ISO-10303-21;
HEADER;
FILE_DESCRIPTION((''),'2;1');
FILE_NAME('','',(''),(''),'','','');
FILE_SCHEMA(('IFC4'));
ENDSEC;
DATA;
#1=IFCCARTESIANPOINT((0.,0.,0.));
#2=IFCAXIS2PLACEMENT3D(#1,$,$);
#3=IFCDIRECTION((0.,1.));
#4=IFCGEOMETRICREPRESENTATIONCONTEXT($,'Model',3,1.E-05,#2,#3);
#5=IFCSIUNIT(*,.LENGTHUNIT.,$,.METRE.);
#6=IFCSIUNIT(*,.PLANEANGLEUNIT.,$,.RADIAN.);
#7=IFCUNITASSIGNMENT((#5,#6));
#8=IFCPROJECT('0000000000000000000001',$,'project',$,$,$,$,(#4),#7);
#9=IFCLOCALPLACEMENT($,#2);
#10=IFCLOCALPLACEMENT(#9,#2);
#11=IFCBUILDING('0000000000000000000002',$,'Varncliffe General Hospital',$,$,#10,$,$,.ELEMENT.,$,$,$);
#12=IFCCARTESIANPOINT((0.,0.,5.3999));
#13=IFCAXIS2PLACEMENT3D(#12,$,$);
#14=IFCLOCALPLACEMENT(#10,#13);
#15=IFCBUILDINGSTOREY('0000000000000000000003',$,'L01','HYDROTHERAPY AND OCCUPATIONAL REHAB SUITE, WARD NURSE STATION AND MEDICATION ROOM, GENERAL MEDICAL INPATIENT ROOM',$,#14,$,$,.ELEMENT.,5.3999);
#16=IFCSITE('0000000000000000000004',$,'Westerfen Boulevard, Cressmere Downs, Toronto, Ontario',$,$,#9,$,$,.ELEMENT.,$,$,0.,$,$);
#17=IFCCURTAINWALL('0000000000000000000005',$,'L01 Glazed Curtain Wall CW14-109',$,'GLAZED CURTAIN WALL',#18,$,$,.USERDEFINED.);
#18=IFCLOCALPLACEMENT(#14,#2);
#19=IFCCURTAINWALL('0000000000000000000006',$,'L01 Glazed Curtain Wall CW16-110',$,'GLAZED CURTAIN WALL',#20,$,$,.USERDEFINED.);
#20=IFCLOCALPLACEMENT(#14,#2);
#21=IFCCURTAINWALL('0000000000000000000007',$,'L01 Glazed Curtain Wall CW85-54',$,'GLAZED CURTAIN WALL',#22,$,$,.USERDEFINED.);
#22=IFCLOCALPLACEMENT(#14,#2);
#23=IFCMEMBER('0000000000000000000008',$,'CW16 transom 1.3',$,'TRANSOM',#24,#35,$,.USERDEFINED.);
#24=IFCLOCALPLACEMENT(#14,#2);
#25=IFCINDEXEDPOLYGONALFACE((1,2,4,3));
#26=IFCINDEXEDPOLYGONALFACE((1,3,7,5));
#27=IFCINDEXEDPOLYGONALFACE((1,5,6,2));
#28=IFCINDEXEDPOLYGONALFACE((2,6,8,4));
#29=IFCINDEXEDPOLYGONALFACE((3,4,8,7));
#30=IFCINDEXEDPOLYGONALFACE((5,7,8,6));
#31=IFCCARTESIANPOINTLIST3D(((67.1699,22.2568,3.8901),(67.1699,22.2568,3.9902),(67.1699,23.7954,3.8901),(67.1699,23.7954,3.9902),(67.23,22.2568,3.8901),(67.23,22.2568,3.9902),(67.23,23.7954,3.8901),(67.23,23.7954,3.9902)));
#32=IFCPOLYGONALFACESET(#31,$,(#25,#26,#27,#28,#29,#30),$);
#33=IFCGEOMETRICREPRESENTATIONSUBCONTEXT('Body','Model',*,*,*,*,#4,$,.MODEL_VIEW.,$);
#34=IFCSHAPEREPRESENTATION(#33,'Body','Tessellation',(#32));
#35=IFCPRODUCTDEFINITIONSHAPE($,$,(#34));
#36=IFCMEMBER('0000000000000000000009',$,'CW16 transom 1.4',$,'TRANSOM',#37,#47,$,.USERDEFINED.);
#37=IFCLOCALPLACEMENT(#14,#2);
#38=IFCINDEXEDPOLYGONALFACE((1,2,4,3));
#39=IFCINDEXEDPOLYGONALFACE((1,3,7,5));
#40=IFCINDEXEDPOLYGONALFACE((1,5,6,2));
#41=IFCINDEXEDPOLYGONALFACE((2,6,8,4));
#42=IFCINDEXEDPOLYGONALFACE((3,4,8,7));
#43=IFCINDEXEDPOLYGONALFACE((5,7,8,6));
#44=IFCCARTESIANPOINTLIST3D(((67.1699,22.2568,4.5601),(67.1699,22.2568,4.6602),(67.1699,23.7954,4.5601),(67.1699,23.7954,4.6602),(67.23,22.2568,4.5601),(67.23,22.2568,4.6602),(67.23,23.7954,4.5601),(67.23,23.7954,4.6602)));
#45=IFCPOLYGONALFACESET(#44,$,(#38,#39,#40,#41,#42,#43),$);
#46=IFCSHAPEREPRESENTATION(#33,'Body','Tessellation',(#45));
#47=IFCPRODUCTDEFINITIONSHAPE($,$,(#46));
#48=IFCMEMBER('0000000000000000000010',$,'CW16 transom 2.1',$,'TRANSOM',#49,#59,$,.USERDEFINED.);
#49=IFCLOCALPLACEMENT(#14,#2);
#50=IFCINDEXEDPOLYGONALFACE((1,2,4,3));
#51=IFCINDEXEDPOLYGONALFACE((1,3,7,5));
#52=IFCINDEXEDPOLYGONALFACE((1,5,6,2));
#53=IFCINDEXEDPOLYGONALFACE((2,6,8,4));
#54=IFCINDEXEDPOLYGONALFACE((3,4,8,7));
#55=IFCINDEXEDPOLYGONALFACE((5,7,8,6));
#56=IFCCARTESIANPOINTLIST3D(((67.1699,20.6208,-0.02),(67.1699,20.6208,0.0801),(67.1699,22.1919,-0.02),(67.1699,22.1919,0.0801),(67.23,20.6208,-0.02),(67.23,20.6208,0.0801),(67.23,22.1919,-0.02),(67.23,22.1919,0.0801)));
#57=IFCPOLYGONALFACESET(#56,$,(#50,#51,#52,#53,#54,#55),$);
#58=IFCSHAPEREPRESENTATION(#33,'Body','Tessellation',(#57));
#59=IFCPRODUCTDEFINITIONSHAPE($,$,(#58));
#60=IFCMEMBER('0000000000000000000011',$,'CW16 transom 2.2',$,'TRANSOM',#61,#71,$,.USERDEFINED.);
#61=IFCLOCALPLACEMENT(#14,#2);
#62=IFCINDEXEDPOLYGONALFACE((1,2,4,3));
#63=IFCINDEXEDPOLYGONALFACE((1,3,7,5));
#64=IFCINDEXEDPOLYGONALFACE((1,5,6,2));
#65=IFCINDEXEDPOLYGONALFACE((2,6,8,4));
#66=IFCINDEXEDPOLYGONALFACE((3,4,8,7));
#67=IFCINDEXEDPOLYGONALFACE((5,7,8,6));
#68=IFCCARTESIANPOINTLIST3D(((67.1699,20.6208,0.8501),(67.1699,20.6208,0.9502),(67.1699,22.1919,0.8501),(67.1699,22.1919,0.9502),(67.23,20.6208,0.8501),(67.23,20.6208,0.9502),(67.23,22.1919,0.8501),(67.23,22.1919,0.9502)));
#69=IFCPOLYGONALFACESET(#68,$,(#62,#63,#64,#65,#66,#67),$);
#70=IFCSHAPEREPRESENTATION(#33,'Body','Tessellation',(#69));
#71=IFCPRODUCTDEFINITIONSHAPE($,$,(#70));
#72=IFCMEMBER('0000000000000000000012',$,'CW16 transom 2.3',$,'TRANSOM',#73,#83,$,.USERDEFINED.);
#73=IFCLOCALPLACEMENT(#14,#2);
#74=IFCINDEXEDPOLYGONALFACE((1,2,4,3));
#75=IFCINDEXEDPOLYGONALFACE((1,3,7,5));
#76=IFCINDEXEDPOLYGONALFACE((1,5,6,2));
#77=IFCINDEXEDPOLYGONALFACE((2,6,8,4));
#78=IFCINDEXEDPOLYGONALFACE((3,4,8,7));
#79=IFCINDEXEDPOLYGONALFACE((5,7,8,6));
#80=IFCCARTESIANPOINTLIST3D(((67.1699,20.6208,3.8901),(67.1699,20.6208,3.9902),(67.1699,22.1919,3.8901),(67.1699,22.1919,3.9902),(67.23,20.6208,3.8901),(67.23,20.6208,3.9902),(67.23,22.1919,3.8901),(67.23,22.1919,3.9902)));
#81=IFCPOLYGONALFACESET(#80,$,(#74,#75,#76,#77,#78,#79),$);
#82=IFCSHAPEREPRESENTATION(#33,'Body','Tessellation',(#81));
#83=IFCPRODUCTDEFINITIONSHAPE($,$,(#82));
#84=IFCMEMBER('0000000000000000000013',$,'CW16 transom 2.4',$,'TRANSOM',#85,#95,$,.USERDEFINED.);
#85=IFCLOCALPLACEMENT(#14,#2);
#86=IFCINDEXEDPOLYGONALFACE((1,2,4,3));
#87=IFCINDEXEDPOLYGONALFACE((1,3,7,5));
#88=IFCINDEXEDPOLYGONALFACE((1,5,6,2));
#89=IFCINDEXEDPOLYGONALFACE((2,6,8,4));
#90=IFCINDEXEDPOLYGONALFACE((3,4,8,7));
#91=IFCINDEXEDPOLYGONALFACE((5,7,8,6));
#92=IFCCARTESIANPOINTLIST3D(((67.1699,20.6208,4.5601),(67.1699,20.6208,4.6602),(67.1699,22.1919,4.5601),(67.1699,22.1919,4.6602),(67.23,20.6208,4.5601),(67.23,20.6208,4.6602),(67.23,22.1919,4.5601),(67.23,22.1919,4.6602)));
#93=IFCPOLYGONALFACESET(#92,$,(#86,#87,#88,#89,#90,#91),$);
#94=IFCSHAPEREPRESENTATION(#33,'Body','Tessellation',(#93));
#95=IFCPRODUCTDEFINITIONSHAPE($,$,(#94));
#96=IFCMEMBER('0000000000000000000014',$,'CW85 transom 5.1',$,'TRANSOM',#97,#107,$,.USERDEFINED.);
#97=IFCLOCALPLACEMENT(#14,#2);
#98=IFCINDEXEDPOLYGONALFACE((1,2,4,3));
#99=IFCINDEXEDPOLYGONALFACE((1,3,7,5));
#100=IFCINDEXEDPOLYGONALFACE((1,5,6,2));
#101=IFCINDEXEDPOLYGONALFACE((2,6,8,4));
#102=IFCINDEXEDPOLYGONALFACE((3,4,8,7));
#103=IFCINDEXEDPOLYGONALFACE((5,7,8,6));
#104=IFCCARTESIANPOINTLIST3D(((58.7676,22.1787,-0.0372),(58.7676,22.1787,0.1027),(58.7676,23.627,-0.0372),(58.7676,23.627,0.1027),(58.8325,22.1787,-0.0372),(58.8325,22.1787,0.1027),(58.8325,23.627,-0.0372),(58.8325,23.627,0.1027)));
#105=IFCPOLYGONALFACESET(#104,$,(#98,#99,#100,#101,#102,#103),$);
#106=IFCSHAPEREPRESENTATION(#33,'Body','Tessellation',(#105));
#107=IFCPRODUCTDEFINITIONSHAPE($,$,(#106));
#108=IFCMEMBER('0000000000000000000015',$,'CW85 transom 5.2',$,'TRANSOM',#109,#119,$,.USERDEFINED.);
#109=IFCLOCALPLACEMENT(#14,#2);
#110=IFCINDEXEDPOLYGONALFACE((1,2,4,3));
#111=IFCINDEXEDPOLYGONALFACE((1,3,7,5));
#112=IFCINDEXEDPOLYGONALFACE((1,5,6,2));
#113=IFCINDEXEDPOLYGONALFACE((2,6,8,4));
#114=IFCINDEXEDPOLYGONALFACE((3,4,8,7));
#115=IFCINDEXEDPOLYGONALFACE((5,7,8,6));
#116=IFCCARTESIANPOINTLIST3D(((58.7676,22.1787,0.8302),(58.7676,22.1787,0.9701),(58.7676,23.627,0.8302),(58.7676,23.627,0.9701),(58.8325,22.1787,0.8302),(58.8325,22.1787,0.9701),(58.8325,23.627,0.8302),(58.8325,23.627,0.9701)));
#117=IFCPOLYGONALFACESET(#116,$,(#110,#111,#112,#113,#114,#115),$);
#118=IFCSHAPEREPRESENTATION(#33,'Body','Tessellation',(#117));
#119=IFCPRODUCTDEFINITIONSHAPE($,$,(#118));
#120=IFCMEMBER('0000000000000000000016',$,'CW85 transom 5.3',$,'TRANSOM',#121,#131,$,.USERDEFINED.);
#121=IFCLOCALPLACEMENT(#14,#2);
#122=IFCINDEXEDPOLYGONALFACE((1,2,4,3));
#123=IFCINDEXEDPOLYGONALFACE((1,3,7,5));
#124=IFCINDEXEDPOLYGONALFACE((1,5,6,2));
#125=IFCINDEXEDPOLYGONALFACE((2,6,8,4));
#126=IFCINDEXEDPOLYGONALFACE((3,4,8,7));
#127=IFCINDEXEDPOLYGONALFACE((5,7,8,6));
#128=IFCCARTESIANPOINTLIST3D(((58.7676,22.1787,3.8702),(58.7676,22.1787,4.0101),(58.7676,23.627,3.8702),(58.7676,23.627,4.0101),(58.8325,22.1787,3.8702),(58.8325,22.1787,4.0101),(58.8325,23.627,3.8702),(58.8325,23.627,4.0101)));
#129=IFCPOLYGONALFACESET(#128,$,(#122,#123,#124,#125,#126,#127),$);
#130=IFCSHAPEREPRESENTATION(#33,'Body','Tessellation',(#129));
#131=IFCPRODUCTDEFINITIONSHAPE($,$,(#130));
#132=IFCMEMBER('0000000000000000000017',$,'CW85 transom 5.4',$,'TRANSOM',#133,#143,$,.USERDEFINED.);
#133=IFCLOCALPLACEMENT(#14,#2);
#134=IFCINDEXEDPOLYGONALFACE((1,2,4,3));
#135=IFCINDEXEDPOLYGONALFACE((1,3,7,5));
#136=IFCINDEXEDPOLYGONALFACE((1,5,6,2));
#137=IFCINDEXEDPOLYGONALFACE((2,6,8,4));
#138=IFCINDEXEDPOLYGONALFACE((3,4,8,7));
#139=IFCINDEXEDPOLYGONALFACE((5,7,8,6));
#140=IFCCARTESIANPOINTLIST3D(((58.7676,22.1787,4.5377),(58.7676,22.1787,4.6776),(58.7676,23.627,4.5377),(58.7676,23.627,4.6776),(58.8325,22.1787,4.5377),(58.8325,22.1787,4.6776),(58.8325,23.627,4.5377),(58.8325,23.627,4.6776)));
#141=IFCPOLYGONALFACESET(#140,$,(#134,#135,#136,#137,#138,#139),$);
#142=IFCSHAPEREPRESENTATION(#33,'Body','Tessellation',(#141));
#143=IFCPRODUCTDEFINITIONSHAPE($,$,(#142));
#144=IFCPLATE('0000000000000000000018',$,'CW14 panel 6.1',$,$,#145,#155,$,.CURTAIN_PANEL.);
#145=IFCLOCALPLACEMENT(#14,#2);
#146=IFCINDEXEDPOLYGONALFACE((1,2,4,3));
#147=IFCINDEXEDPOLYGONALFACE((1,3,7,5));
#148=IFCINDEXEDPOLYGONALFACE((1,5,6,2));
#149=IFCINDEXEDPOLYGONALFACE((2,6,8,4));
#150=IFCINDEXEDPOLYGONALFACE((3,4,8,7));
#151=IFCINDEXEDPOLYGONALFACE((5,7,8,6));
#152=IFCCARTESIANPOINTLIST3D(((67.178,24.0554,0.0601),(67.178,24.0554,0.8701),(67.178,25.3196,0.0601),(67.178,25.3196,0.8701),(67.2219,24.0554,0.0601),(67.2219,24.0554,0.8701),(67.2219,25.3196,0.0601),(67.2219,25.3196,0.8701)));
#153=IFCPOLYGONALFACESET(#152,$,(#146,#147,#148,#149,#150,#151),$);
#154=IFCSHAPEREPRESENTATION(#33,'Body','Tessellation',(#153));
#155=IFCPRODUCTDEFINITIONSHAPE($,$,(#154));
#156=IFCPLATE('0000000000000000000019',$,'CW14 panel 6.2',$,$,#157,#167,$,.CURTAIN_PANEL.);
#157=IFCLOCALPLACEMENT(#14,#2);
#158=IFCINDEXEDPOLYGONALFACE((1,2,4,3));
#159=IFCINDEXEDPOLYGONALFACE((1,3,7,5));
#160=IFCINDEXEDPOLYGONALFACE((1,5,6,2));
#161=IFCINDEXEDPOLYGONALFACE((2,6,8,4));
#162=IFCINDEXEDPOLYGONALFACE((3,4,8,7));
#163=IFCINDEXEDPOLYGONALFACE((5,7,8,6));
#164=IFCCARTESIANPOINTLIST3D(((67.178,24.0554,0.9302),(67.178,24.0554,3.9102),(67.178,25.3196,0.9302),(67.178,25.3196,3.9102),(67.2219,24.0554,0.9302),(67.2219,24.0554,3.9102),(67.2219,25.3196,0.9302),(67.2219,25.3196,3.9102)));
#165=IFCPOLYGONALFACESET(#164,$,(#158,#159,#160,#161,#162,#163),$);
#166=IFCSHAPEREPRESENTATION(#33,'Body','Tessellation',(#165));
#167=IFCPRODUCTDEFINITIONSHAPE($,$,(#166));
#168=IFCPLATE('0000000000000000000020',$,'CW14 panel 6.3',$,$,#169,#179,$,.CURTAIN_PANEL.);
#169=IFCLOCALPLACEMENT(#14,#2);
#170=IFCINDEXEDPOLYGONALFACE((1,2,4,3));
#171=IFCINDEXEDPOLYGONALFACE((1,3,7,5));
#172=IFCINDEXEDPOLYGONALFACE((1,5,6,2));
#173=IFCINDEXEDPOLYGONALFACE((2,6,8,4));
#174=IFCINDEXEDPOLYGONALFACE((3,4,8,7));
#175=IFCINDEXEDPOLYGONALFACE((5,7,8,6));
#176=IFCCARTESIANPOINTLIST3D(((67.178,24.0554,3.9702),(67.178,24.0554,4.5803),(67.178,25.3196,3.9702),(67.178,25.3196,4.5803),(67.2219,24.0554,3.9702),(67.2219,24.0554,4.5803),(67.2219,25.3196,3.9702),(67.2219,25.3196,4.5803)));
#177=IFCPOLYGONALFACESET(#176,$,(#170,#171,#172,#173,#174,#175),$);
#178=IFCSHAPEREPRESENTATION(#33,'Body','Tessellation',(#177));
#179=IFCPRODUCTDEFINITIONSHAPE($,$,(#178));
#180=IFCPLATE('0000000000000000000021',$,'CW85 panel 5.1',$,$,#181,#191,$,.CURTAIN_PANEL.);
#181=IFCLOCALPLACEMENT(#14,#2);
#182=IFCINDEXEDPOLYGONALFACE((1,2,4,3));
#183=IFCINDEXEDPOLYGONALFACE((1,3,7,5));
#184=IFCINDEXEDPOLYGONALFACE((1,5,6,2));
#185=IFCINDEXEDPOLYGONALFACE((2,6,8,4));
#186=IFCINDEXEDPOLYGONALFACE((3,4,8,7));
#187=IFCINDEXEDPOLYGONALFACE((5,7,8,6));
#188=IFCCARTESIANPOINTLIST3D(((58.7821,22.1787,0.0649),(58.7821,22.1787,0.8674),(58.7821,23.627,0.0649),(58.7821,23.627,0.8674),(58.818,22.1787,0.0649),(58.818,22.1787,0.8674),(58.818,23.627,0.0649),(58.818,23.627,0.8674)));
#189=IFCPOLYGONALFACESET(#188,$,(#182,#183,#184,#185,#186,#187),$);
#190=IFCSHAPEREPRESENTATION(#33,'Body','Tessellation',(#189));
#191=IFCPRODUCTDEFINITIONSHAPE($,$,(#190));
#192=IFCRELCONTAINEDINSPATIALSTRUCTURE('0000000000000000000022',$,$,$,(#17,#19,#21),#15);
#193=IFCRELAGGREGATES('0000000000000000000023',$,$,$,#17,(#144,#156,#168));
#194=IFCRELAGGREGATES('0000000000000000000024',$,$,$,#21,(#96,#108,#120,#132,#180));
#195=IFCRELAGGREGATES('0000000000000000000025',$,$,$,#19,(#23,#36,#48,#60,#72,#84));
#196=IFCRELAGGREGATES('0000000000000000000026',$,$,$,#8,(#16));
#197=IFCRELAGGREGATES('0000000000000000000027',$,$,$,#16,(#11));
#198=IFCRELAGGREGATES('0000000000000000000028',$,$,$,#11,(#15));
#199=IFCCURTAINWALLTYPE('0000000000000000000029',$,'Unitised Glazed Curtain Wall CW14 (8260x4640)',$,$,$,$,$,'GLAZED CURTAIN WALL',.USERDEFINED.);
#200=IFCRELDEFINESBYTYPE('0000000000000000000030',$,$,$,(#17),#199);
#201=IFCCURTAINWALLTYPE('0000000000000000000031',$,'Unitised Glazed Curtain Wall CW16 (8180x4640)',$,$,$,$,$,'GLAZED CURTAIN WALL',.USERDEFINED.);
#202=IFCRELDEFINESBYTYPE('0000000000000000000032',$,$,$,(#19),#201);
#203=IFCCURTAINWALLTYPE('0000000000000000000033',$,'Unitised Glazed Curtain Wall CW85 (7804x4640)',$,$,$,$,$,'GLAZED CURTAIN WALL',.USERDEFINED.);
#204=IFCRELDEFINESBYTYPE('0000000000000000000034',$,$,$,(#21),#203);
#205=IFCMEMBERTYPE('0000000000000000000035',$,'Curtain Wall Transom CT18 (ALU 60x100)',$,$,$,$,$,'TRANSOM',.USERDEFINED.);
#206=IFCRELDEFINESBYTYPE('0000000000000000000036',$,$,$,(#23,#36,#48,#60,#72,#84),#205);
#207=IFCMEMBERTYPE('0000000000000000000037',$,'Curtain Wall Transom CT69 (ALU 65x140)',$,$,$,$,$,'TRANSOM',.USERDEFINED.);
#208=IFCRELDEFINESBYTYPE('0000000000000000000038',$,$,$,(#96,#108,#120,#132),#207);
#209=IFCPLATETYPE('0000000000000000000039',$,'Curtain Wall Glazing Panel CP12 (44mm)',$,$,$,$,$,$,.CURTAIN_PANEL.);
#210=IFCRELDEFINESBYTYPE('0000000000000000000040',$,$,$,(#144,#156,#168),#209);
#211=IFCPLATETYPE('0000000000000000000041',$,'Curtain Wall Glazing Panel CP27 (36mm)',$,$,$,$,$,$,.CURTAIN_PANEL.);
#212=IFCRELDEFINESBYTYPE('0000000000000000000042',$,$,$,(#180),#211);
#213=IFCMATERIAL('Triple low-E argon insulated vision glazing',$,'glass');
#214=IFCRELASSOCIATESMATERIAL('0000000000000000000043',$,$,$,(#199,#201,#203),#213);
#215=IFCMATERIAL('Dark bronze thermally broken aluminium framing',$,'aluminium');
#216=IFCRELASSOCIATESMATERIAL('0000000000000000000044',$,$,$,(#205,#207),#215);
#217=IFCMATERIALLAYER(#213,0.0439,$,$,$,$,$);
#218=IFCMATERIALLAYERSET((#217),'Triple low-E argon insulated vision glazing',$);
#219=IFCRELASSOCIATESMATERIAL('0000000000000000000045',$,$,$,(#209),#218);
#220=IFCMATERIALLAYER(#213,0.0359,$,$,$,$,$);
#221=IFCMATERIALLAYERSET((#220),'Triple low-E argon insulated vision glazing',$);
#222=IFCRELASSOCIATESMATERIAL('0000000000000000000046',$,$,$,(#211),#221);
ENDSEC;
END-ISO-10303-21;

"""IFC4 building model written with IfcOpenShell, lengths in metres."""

from ifc_helpers import new_model, si_unit, direction, frame, origin, origin_2d, place, context, subcontext, project, spatial, rectangle, extrude, material, layer, layer_set, material_profile, profile_set, type_object, element, aggregate, save


model = new_model("IFC4")

# Units and contexts
model_context = context("Model", 3, precision=1e-05, world=origin(), true_north=direction((0.0, 1.0)))
body_context = subcontext(model_context, "Body", "Model", "MODEL_VIEW")
ifc_project = project(units=[si_unit("LENGTHUNIT", "METRE"), si_unit("PLANEANGLEUNIT", "RADIAN")], contexts=[model_context])

# Site, building, storey
site_placement = place(None, origin())
site = spatial("IfcSite", under=ifc_project, at=site_placement, Name="Westerfen Boulevard, Cressmere Downs, Toronto, Ontario", CompositionType="ELEMENT", RefElevation=0.0)
building_placement = place(site_placement, origin())
building = spatial("IfcBuilding", under=site, at=building_placement, Name="Varncliffe General Hospital", CompositionType="ELEMENT")
storey_placement = place(building_placement, frame((0.0, 0.0, 5.3999)))
storey = spatial("IfcBuildingStorey", under=building, at=storey_placement, Name="L01", Description="HYDROTHERAPY AND OCCUPATIONAL REHAB SUITE, WARD NURSE STATION AND MEDICATION ROOM, GENERAL MEDICAL INPATIENT ROOM", CompositionType="ELEMENT", Elevation=5.3999)

# Curtain wall
ifc_material_1 = material(Name="Triple low-E argon insulated vision glazing", Category="glass")
curtain_wall_type_1 = type_object("IfcCurtainWallType", Name="Unitised Glazed Curtain Wall CW14 (8260x4640)", ElementType="GLAZED CURTAIN WALL", PredefinedType="USERDEFINED", material=ifc_material_1)
curtain_wall_1_placement = place(storey_placement, origin())
curtain_wall_1 = element("IfcCurtainWall", 1, at=curtain_wall_1_placement, inside=storey, type_object=curtain_wall_type_1, Name="L01 Glazed Curtain Wall CW14-109", ObjectType="GLAZED CURTAIN WALL", PredefinedType="USERDEFINED")
ifc_material_2 = material(Name="Dark bronze thermally broken aluminium framing", Category="aluminium")

# Curtain walls
curtain_wall_type_2 = type_object("IfcCurtainWallType", Name="Unitised Glazed Curtain Wall CW16 (8180x4640)", ElementType="GLAZED CURTAIN WALL", PredefinedType="USERDEFINED", material=ifc_material_1)
curtain_wall_2_placement = place(storey_placement, origin())
curtain_wall_2 = element("IfcCurtainWall", 2, at=curtain_wall_2_placement, inside=storey, type_object=curtain_wall_type_2, Name="L01 Glazed Curtain Wall CW16-110", ObjectType="GLAZED CURTAIN WALL", PredefinedType="USERDEFINED")
curtain_wall_type_3 = type_object("IfcCurtainWallType", Name="Unitised Glazed Curtain Wall CW85 (7804x4640)", ElementType="GLAZED CURTAIN WALL", PredefinedType="USERDEFINED", material=ifc_material_1)
curtain_wall_3_placement = place(storey_placement, origin())
curtain_wall_3 = element("IfcCurtainWall", 3, at=curtain_wall_3_placement, inside=storey, type_object=curtain_wall_type_3, Name="L01 Glazed Curtain Wall CW85-54", ObjectType="GLAZED CURTAIN WALL", PredefinedType="USERDEFINED")

# Members
ifc_material_profile_1 = material_profile(ifc_material_2, rectangle(XDim=0.0601, YDim=0.1001, at=origin_2d()), Name="ALU 60x100")
ifc_profile_set_1 = profile_set([ifc_material_profile_1], Name="Dark bronze thermally broken aluminium framing")
member_type_1 = type_object("IfcMemberType", Name="Curtain Wall Transom CT18 (ALU 60x100)", ElementType="TRANSOM", PredefinedType="USERDEFINED", material=ifc_profile_set_1)
member_1_placement = place(storey_placement, frame((67.2, 23.7954, 3.9402), z_axis=(0.0, -1.0, 0.0), x_axis=(1.0, 0.0, 0.0)))
member_1 = element("IfcMember", 4, at=member_1_placement, type_object=member_type_1, Name="CW16 transom 1.3", ObjectType="TRANSOM", PredefinedType="USERDEFINED", context=body_context, shape_type="SweptSolid", body=[
    extrude(rectangle(XDim=0.0601, YDim=0.1001, at=origin_2d()), origin(), (0.0, 0.0, 1.0), 1.5386),
])
member_2_placement = place(storey_placement, frame((67.2, 23.7954, 4.6101), z_axis=(0.0, -1.0, 0.0), x_axis=(1.0, 0.0, 0.0)))
member_2 = element("IfcMember", 5, at=member_2_placement, type_object=member_type_1, Name="CW16 transom 1.4", ObjectType="TRANSOM", PredefinedType="USERDEFINED", context=body_context, shape_type="SweptSolid", body=[
    extrude(rectangle(XDim=0.0601, YDim=0.1001, at=origin_2d()), origin(), (0.0, 0.0, 1.0), 1.5386),
])
member_3_placement = place(storey_placement, frame((67.2, 22.1919, 0.03), z_axis=(0.0, -1.0, 0.0), x_axis=(1.0, 0.0, 0.0)))
member_3 = element("IfcMember", 6, at=member_3_placement, type_object=member_type_1, Name="CW16 transom 2.1", ObjectType="TRANSOM", PredefinedType="USERDEFINED", context=body_context, shape_type="SweptSolid", body=[
    extrude(rectangle(XDim=0.0601, YDim=0.1001, at=origin_2d()), origin(), (0.0, 0.0, 1.0), 1.571),
])
member_4_placement = place(storey_placement, frame((67.2, 22.1919, 0.9001), z_axis=(0.0, -1.0, 0.0), x_axis=(1.0, 0.0, 0.0)))
member_4 = element("IfcMember", 7, at=member_4_placement, type_object=member_type_1, Name="CW16 transom 2.2", ObjectType="TRANSOM", PredefinedType="USERDEFINED", context=body_context, shape_type="SweptSolid", body=[
    extrude(rectangle(XDim=0.0601, YDim=0.1001, at=origin_2d()), origin(), (0.0, 0.0, 1.0), 1.571),
])
member_5_placement = place(storey_placement, frame((67.2, 22.1919, 3.9402), z_axis=(0.0, -1.0, 0.0), x_axis=(1.0, 0.0, 0.0)))
member_5 = element("IfcMember", 8, at=member_5_placement, type_object=member_type_1, Name="CW16 transom 2.3", ObjectType="TRANSOM", PredefinedType="USERDEFINED", context=body_context, shape_type="SweptSolid", body=[
    extrude(rectangle(XDim=0.0601, YDim=0.1001, at=origin_2d()), origin(), (0.0, 0.0, 1.0), 1.571),
])
member_6_placement = place(storey_placement, frame((67.2, 22.1919, 4.6101), z_axis=(0.0, -1.0, 0.0), x_axis=(1.0, 0.0, 0.0)))
member_6 = element("IfcMember", 9, at=member_6_placement, type_object=member_type_1, Name="CW16 transom 2.4", ObjectType="TRANSOM", PredefinedType="USERDEFINED", context=body_context, shape_type="SweptSolid", body=[
    extrude(rectangle(XDim=0.0601, YDim=0.1001, at=origin_2d()), origin(), (0.0, 0.0, 1.0), 1.571),
])
ifc_material_profile_2 = material_profile(ifc_material_2, rectangle(XDim=0.0649, YDim=0.1399, at=origin_2d()), Name="ALU 65x140")
ifc_profile_set_2 = profile_set([ifc_material_profile_2], Name="Dark bronze thermally broken aluminium framing")
member_type_2 = type_object("IfcMemberType", Name="Curtain Wall Transom CT69 (ALU 65x140)", ElementType="TRANSOM", PredefinedType="USERDEFINED", material=ifc_profile_set_2)
member_7_placement = place(storey_placement, frame((58.8, 22.1787, 0.0327), z_axis=(0.0, 1.0, 0.0), x_axis=(-1.0, 0.0, 0.0)))
member_7 = element("IfcMember", 10, at=member_7_placement, type_object=member_type_2, Name="CW85 transom 5.1", ObjectType="TRANSOM", PredefinedType="USERDEFINED", context=body_context, shape_type="SweptSolid", body=[
    extrude(rectangle(XDim=0.0649, YDim=0.1399, at=origin_2d()), origin(), (0.0, 0.0, 1.0), 1.4482),
])
member_8_placement = place(storey_placement, frame((58.8, 22.1787, 0.9001), z_axis=(0.0, 1.0, 0.0), x_axis=(-1.0, 0.0, 0.0)))
member_8 = element("IfcMember", 11, at=member_8_placement, type_object=member_type_2, Name="CW85 transom 5.2", ObjectType="TRANSOM", PredefinedType="USERDEFINED", context=body_context, shape_type="SweptSolid", body=[
    extrude(rectangle(XDim=0.0649, YDim=0.1399, at=origin_2d()), origin(), (0.0, 0.0, 1.0), 1.4482),
])
member_9_placement = place(storey_placement, frame((58.8, 22.1787, 3.9402), z_axis=(0.0, 1.0, 0.0), x_axis=(-1.0, 0.0, 0.0)))
member_9 = element("IfcMember", 12, at=member_9_placement, type_object=member_type_2, Name="CW85 transom 5.3", ObjectType="TRANSOM", PredefinedType="USERDEFINED", context=body_context, shape_type="SweptSolid", body=[
    extrude(rectangle(XDim=0.0649, YDim=0.1399, at=origin_2d()), origin(), (0.0, 0.0, 1.0), 1.4482),
])
member_10_placement = place(storey_placement, frame((58.8, 22.1787, 4.6077), z_axis=(0.0, 1.0, 0.0), x_axis=(-1.0, 0.0, 0.0)))
member_10 = element("IfcMember", 13, at=member_10_placement, type_object=member_type_2, Name="CW85 transom 5.4", ObjectType="TRANSOM", PredefinedType="USERDEFINED", context=body_context, shape_type="SweptSolid", body=[
    extrude(rectangle(XDim=0.0649, YDim=0.1399, at=origin_2d()), origin(), (0.0, 0.0, 1.0), 1.4482),
])

# Plates
ifc_layer_1 = layer(ifc_material_1, 0.0439)
ifc_layer_set_1 = layer_set([ifc_layer_1], Name="Triple low-E argon insulated vision glazing")
plate_type_1 = type_object("IfcPlateType", Name="Curtain Wall Glazing Panel CP12 (44mm)", PredefinedType="CURTAIN_PANEL", material=ifc_layer_set_1)
plate_1_placement = place(storey_placement, frame((67.2, 24.6875, 0.0601), z_axis=(0.0, 0.0, 1.0), x_axis=(0.0, -1.0, 0.0)))
plate_1 = element("IfcPlate", 14, at=plate_1_placement, type_object=plate_type_1, Name="CW14 panel 6.1", PredefinedType="CURTAIN_PANEL", context=body_context, shape_type="SweptSolid", body=[
    extrude(rectangle(XDim=1.2642, YDim=0.0439, at=origin_2d()), origin(), (0.0, 0.0, 1.0), 0.8101),
])
plate_2_placement = place(storey_placement, frame((67.2, 24.6875, 0.9302), z_axis=(0.0, 0.0, 1.0), x_axis=(0.0, -1.0, 0.0)))
plate_2 = element("IfcPlate", 15, at=plate_2_placement, type_object=plate_type_1, Name="CW14 panel 6.2", PredefinedType="CURTAIN_PANEL", context=body_context, shape_type="SweptSolid", body=[
    extrude(rectangle(XDim=1.2642, YDim=0.0439, at=origin_2d()), origin(), (0.0, 0.0, 1.0), 2.98),
])
plate_3_placement = place(storey_placement, frame((67.2, 24.6875, 3.9702), z_axis=(0.0, 0.0, 1.0), x_axis=(0.0, -1.0, 0.0)))
plate_3 = element("IfcPlate", 16, at=plate_3_placement, type_object=plate_type_1, Name="CW14 panel 6.3", PredefinedType="CURTAIN_PANEL", context=body_context, shape_type="SweptSolid", body=[
    extrude(rectangle(XDim=1.2642, YDim=0.0439, at=origin_2d()), origin(), (0.0, 0.0, 1.0), 0.6101),
])
aggregate(curtain_wall_1, [plate_1, plate_2, plate_3])
ifc_layer_2 = layer(ifc_material_1, 0.0359)
ifc_layer_set_2 = layer_set([ifc_layer_2], Name="Triple low-E argon insulated vision glazing")
plate_type_2 = type_object("IfcPlateType", Name="Curtain Wall Glazing Panel CP27 (36mm)", PredefinedType="CURTAIN_PANEL", material=ifc_layer_set_2)
plate_4_placement = place(storey_placement, frame((58.8, 22.9028, 0.0649), z_axis=(0.0, 0.0, 1.0), x_axis=(0.0, 1.0, 0.0)))
plate_4 = element("IfcPlate", 17, at=plate_4_placement, type_object=plate_type_2, Name="CW85 panel 5.1", PredefinedType="CURTAIN_PANEL", context=body_context, shape_type="SweptSolid", body=[
    extrude(rectangle(XDim=1.4482, YDim=0.0359, at=origin_2d()), origin(), (0.0, 0.0, 1.0), 0.8025),
])
aggregate(curtain_wall_3, [member_7, member_8, member_9, member_10, plate_4])
aggregate(curtain_wall_2, [member_1, member_2, member_3, member_4, member_5, member_6])

save(model, "model.ifc")
